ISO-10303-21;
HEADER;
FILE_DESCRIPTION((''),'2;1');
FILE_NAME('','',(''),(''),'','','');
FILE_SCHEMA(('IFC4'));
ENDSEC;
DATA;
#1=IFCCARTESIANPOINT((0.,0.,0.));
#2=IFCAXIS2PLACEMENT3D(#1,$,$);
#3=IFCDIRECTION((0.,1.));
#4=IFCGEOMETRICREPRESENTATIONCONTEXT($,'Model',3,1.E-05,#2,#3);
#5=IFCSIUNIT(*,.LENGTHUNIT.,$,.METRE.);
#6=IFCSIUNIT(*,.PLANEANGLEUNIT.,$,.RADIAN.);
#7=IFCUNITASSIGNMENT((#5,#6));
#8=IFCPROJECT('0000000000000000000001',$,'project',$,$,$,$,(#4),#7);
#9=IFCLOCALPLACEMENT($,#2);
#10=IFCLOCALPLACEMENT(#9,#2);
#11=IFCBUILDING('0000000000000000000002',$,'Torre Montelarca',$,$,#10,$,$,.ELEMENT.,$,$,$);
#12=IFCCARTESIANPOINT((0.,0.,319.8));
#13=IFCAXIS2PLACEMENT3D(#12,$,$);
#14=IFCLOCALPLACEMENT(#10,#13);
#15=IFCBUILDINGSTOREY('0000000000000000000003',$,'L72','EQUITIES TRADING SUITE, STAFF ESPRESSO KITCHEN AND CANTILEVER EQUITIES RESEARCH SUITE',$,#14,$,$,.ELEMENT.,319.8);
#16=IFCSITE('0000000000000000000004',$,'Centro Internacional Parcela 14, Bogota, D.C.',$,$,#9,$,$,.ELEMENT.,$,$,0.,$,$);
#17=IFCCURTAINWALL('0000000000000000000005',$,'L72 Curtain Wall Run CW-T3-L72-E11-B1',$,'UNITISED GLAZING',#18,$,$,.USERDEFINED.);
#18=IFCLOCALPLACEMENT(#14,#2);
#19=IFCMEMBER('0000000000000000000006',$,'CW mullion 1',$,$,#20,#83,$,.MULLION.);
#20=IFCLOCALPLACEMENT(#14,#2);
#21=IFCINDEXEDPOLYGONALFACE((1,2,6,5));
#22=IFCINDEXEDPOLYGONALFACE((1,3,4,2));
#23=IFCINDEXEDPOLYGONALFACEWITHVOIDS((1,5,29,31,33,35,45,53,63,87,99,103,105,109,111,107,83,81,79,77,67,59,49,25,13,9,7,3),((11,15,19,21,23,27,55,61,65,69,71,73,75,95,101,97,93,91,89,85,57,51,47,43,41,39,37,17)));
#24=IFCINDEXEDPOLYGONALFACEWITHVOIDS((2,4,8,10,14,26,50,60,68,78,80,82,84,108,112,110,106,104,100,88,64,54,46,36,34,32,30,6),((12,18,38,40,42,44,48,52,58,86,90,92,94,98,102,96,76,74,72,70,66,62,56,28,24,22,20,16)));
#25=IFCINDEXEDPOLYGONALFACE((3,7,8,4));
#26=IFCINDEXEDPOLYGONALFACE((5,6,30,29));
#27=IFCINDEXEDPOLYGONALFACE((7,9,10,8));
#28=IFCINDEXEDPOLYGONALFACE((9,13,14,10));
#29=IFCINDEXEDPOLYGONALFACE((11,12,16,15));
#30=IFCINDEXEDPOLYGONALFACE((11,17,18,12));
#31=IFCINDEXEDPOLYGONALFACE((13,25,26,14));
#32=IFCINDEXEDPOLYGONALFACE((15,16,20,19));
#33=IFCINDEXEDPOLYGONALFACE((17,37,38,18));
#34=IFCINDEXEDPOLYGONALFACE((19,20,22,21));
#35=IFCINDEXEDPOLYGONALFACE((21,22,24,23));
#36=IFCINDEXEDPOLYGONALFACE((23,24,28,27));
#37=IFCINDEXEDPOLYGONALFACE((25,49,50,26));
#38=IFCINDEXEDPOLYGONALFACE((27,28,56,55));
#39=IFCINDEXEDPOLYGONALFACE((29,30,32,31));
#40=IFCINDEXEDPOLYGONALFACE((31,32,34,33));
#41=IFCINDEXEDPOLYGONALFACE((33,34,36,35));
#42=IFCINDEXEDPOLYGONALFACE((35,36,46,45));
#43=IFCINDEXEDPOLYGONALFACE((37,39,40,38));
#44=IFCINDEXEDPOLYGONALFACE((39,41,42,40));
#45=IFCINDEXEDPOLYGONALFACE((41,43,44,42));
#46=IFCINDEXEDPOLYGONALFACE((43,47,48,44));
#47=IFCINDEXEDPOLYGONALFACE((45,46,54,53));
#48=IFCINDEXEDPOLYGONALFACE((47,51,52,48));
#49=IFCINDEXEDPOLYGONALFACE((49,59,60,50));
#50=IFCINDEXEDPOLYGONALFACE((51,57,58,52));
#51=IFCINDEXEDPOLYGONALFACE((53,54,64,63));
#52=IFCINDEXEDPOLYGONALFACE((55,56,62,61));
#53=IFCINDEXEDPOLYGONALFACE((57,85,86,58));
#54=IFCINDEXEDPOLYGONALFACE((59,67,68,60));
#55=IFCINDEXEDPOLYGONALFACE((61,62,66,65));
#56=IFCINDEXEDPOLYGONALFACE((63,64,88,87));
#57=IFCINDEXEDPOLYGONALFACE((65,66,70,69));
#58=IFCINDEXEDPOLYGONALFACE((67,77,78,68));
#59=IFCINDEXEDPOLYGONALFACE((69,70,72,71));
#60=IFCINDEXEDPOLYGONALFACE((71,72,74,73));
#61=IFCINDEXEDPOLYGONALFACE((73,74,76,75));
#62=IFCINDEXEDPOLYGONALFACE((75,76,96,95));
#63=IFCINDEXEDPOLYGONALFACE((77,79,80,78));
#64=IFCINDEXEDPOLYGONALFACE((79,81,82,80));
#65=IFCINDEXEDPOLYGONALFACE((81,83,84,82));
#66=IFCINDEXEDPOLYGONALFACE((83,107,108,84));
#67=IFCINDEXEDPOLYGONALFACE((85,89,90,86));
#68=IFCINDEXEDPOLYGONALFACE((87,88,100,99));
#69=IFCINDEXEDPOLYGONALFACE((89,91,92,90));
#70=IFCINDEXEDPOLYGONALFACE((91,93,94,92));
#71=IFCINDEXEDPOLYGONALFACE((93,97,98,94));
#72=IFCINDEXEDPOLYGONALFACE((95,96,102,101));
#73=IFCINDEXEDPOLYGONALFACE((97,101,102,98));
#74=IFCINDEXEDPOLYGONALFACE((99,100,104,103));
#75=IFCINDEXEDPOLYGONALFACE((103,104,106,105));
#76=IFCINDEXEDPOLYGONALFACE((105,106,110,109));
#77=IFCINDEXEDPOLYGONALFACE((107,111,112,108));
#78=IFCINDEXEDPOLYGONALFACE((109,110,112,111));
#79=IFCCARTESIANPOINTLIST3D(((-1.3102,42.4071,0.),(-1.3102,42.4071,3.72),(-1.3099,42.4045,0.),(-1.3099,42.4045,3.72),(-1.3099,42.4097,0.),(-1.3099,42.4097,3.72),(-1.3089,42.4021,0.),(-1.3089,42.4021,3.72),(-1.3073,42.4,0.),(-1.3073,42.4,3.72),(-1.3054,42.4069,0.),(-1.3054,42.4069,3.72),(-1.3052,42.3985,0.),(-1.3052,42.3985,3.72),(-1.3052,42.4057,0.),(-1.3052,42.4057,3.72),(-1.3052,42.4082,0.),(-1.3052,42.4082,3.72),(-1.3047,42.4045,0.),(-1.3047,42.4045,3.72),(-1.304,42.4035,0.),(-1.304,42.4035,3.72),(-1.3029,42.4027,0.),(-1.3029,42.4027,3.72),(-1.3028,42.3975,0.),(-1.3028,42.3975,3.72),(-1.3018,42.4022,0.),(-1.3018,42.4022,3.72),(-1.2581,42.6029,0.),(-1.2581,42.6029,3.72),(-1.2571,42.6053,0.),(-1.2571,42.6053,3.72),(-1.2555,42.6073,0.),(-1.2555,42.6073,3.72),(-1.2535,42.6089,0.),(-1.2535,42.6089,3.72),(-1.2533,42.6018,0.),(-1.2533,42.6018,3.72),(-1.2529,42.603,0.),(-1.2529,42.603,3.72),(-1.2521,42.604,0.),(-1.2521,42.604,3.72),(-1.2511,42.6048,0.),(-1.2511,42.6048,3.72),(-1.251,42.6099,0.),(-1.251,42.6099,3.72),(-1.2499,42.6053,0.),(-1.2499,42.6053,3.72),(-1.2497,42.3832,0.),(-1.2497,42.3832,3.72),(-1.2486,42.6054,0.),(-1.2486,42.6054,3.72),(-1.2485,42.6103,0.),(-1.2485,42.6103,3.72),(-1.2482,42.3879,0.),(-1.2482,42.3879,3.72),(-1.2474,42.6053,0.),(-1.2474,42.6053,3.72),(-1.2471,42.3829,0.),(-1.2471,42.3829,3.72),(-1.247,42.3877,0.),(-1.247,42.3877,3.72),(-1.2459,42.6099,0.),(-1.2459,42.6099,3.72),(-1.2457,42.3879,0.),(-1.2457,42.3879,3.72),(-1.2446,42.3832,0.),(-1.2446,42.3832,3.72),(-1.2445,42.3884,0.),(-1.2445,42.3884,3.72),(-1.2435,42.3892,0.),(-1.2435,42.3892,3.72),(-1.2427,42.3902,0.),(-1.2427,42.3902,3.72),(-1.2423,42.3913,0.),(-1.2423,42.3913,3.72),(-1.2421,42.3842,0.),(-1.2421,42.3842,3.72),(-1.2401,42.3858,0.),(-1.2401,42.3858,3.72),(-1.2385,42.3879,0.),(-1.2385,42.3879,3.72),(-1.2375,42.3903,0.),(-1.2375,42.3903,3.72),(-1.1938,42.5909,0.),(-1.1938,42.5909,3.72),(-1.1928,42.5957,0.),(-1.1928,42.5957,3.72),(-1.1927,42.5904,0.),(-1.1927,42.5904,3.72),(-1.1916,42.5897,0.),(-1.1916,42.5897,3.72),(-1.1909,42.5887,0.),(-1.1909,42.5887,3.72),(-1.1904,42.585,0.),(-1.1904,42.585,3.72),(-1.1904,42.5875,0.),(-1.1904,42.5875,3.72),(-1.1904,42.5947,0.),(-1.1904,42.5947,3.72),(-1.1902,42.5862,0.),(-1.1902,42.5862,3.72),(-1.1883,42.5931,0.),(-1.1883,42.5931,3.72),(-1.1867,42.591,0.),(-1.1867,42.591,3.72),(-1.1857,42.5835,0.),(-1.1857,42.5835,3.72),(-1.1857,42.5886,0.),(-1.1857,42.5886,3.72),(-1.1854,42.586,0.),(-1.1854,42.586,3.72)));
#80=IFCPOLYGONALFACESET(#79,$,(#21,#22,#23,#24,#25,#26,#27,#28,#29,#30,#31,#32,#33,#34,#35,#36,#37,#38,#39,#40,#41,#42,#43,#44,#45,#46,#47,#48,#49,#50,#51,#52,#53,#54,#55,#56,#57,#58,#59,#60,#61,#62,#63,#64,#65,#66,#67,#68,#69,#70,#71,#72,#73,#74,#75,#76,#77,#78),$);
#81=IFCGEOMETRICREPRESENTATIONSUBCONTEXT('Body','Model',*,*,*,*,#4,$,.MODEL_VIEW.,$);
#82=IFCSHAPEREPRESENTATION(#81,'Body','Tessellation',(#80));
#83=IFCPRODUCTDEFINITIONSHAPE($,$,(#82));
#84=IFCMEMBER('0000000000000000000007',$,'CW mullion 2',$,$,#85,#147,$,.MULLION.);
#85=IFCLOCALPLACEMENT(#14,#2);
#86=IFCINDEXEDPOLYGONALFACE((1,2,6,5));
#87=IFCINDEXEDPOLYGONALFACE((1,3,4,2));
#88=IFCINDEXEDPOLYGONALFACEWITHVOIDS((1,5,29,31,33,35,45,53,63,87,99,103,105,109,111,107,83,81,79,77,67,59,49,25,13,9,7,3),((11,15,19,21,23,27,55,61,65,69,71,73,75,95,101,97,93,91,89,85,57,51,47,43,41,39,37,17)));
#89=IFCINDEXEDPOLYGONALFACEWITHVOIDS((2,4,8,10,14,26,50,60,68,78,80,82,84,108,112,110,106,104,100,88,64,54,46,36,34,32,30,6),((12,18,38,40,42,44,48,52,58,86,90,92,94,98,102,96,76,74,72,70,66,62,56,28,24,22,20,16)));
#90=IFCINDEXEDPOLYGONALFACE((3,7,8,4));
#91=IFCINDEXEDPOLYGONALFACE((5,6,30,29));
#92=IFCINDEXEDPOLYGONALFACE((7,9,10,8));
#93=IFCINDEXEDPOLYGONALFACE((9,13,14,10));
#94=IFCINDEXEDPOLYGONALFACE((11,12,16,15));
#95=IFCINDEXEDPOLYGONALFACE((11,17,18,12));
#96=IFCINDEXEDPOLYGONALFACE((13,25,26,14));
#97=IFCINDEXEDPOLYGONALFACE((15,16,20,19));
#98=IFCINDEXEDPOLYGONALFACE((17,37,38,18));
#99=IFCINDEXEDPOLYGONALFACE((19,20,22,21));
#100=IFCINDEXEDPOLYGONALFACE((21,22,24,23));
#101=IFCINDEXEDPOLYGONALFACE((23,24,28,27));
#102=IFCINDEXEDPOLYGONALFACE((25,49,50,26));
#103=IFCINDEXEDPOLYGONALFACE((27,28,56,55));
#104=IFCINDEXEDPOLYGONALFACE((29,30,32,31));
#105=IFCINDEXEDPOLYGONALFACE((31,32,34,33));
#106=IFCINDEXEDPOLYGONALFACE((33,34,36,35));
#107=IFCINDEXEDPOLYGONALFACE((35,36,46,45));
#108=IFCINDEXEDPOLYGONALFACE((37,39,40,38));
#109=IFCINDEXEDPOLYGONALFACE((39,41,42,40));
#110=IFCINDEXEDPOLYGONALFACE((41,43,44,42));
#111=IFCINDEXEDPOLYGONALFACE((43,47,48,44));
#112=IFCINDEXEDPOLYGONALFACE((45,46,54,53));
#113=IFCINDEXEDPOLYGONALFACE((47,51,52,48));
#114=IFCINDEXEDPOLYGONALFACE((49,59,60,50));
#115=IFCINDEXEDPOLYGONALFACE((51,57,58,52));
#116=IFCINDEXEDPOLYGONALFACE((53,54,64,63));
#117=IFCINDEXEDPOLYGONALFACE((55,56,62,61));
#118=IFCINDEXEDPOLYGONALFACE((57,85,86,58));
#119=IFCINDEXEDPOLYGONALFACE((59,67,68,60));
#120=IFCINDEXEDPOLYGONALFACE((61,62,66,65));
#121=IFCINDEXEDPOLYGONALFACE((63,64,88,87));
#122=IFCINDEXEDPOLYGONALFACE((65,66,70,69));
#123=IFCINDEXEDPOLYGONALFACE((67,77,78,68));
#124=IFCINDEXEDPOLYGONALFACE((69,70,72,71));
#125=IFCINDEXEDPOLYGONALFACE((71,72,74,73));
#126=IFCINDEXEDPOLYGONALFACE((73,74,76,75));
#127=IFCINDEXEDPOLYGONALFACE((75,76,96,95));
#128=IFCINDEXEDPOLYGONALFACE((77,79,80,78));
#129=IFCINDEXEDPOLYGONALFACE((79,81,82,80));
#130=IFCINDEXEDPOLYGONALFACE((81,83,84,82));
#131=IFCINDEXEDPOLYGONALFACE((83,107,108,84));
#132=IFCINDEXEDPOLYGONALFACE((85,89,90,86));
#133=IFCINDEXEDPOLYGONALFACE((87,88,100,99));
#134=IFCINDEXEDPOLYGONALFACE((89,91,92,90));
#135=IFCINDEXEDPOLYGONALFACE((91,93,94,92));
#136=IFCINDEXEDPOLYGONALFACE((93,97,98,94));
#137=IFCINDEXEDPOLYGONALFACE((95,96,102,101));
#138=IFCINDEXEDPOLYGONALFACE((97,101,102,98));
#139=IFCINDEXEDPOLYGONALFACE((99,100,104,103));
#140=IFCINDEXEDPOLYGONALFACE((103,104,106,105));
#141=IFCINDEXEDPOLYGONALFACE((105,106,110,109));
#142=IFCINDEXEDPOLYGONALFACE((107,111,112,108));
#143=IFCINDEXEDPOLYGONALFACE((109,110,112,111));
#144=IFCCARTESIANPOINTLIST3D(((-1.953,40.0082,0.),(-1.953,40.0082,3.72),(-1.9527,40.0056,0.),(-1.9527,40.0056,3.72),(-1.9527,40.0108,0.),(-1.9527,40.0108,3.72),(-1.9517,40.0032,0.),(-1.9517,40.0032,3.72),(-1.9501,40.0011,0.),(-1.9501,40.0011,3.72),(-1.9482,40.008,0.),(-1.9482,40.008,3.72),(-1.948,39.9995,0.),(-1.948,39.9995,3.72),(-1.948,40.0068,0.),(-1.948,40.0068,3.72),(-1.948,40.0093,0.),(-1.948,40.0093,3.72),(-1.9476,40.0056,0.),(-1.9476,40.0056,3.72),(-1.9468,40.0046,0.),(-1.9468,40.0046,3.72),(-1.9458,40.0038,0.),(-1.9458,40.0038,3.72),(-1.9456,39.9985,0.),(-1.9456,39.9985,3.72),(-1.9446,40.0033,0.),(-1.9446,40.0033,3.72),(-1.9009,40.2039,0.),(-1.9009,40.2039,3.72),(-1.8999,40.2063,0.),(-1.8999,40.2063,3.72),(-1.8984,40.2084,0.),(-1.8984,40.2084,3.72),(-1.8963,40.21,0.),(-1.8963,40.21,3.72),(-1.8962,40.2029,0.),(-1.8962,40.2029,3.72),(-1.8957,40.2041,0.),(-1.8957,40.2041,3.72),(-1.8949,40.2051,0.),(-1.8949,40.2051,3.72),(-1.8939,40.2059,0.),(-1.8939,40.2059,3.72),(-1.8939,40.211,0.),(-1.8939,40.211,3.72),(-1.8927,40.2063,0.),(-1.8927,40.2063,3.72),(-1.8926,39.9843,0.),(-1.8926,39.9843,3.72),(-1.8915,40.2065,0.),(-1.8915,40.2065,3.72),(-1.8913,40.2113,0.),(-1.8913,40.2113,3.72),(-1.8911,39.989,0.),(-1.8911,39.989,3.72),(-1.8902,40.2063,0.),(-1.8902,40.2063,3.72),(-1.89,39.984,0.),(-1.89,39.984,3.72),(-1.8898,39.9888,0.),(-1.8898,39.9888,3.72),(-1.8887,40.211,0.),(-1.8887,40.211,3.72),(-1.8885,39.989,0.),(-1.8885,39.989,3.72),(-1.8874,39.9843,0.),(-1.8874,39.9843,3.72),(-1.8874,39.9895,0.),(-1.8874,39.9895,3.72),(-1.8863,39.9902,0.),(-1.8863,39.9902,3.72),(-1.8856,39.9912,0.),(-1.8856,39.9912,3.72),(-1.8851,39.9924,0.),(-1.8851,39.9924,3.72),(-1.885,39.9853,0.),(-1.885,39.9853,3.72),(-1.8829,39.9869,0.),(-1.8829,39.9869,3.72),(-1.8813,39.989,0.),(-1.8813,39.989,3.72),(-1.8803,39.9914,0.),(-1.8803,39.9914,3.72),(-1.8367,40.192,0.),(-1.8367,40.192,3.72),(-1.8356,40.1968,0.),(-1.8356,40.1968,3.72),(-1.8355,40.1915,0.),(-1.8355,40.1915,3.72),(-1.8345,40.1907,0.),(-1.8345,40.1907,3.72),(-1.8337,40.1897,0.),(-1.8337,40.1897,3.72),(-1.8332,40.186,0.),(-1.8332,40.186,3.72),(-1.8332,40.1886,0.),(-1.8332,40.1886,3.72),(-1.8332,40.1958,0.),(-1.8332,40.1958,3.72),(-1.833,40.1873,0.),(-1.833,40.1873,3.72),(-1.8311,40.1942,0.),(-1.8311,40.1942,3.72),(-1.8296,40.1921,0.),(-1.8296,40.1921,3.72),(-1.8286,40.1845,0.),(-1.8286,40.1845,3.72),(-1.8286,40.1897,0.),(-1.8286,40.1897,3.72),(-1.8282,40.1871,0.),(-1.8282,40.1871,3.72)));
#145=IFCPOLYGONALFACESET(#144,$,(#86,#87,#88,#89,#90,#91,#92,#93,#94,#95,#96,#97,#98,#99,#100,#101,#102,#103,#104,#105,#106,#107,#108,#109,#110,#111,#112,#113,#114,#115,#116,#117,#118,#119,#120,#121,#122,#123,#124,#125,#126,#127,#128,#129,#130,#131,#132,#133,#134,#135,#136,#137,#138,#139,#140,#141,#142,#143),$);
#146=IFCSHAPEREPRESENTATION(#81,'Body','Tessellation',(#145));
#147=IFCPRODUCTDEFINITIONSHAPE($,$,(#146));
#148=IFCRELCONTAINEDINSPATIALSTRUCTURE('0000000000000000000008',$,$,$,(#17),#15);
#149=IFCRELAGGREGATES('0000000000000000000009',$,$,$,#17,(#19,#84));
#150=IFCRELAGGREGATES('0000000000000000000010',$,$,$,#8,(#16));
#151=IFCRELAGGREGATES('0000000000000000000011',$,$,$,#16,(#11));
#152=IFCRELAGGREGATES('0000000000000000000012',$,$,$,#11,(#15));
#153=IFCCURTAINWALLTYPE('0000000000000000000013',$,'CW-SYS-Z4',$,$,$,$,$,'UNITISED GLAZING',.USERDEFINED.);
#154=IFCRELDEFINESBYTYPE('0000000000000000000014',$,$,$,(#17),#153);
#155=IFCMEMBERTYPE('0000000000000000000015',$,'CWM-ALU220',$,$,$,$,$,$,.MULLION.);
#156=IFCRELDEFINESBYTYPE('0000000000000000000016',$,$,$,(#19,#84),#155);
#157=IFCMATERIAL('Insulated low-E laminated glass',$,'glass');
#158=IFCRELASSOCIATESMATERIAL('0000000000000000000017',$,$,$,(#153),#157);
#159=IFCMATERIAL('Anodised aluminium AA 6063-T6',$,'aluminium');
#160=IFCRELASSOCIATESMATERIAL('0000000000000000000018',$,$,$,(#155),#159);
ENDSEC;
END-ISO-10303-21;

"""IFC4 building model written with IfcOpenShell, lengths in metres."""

from ifc_helpers import new_model, si_unit, direction, frame, origin, origin_2d, place, context, subcontext, project, spatial, hollow_rectangle, extrude, source, transform, mapped, material, material_profile, profile_set, type_object, element, aggregate, save


model = new_model("IFC4")

# Units and contexts
model_context = context("Model", 3, precision=1e-05, world=origin(), true_north=direction((0.0, 1.0)))
body_context = subcontext(model_context, "Body", "Model", "MODEL_VIEW")
ifc_project = project(units=[si_unit("LENGTHUNIT", "METRE"), si_unit("PLANEANGLEUNIT", "RADIAN")], contexts=[model_context])

# Site, building, storey
site_placement = place(None, origin())
site = spatial("IfcSite", under=ifc_project, at=site_placement, Name="Centro Internacional Parcela 14, Bogota, D.C.", CompositionType="ELEMENT", RefElevation=0.0)
building_placement = place(site_placement, origin())
building = spatial("IfcBuilding", under=site, at=building_placement, Name="Torre Montelarca", CompositionType="ELEMENT")
storey_placement = place(building_placement, frame((0.0, 0.0, 319.8)))
storey = spatial("IfcBuildingStorey", under=building, at=storey_placement, Name="L72", Description="EQUITIES TRADING SUITE, STAFF ESPRESSO KITCHEN AND CANTILEVER EQUITIES RESEARCH SUITE", CompositionType="ELEMENT", Elevation=319.8)

# Shared definitions
ifc_material_1 = material(Name="Insulated low-E laminated glass", Category="glass")
curtain_wall_type = type_object("IfcCurtainWallType", Name="CW-SYS-Z4", ElementType="UNITISED GLAZING", PredefinedType="USERDEFINED", material=ifc_material_1)
ifc_material_2 = material(Name="Anodised aluminium AA 6063-T6", Category="aluminium")
ifc_material_profile_1 = material_profile(ifc_material_2, hollow_rectangle(XDim=0.075, YDim=0.22, WallThickness=0.0049, InnerFilletRadius=0.0049, OuterFilletRadius=0.01, at=origin_2d()), Name="ALU75X220X5", Category="aluminium")
ifc_profile_set_1 = profile_set([ifc_material_profile_1], Name="Anodised aluminium AA 6063-T6")
member_type_1 = type_object("IfcMemberType", Name="CWM-ALU220", PredefinedType="MULLION", material=ifc_profile_set_1)
shared_shape_1 = source(origin(), body_context, "Body", "SweptSolid", [
    extrude(hollow_rectangle(XDim=0.075, YDim=0.22, WallThickness=0.0049, InnerFilletRadius=0.0049, OuterFilletRadius=0.01, at=origin_2d()), origin(), (0.0, 0.0, 1.0), 3.72),
])

# Curtain wall, members
curtain_wall_1_placement = place(storey_placement, origin())
curtain_wall_1 = element("IfcCurtainWall", 1, at=curtain_wall_1_placement, inside=storey, type_object=curtain_wall_type, Name="L72 Curtain Wall Run CW-T3-L72-E11-B1", ObjectType="UNITISED GLAZING", PredefinedType="USERDEFINED")
member_1_placement = place(storey_placement, frame((-1.2478, 42.4966, 0.0), z_axis=(0.0, 0.0, 1.0), x_axis=(0.965927, -0.258815, 0.0)))
member_1 = element("IfcMember", 2, at=member_1_placement, type_object=member_type_1, Name="CW mullion 1", PredefinedType="MULLION", context=body_context, shape_type="MappedRepresentation", body=[
    mapped(shared_shape_1, transform((0.0, 0.0, 0.0), scale=1.0)),
])
member_2_placement = place(storey_placement, frame((-1.8906, 40.0977, 0.0), z_axis=(0.0, 0.0, 1.0), x_axis=(0.965927, -0.258815, 0.0)))
member_2 = element("IfcMember", 3, at=member_2_placement, type_object=member_type_1, Name="CW mullion 2", PredefinedType="MULLION", context=body_context, shape_type="MappedRepresentation", body=[
    mapped(shared_shape_1, transform((0.0, 0.0, 0.0), scale=1.0)),
])

aggregate(curtain_wall_1, [member_1, member_2])

save(model, "model.ifc")
